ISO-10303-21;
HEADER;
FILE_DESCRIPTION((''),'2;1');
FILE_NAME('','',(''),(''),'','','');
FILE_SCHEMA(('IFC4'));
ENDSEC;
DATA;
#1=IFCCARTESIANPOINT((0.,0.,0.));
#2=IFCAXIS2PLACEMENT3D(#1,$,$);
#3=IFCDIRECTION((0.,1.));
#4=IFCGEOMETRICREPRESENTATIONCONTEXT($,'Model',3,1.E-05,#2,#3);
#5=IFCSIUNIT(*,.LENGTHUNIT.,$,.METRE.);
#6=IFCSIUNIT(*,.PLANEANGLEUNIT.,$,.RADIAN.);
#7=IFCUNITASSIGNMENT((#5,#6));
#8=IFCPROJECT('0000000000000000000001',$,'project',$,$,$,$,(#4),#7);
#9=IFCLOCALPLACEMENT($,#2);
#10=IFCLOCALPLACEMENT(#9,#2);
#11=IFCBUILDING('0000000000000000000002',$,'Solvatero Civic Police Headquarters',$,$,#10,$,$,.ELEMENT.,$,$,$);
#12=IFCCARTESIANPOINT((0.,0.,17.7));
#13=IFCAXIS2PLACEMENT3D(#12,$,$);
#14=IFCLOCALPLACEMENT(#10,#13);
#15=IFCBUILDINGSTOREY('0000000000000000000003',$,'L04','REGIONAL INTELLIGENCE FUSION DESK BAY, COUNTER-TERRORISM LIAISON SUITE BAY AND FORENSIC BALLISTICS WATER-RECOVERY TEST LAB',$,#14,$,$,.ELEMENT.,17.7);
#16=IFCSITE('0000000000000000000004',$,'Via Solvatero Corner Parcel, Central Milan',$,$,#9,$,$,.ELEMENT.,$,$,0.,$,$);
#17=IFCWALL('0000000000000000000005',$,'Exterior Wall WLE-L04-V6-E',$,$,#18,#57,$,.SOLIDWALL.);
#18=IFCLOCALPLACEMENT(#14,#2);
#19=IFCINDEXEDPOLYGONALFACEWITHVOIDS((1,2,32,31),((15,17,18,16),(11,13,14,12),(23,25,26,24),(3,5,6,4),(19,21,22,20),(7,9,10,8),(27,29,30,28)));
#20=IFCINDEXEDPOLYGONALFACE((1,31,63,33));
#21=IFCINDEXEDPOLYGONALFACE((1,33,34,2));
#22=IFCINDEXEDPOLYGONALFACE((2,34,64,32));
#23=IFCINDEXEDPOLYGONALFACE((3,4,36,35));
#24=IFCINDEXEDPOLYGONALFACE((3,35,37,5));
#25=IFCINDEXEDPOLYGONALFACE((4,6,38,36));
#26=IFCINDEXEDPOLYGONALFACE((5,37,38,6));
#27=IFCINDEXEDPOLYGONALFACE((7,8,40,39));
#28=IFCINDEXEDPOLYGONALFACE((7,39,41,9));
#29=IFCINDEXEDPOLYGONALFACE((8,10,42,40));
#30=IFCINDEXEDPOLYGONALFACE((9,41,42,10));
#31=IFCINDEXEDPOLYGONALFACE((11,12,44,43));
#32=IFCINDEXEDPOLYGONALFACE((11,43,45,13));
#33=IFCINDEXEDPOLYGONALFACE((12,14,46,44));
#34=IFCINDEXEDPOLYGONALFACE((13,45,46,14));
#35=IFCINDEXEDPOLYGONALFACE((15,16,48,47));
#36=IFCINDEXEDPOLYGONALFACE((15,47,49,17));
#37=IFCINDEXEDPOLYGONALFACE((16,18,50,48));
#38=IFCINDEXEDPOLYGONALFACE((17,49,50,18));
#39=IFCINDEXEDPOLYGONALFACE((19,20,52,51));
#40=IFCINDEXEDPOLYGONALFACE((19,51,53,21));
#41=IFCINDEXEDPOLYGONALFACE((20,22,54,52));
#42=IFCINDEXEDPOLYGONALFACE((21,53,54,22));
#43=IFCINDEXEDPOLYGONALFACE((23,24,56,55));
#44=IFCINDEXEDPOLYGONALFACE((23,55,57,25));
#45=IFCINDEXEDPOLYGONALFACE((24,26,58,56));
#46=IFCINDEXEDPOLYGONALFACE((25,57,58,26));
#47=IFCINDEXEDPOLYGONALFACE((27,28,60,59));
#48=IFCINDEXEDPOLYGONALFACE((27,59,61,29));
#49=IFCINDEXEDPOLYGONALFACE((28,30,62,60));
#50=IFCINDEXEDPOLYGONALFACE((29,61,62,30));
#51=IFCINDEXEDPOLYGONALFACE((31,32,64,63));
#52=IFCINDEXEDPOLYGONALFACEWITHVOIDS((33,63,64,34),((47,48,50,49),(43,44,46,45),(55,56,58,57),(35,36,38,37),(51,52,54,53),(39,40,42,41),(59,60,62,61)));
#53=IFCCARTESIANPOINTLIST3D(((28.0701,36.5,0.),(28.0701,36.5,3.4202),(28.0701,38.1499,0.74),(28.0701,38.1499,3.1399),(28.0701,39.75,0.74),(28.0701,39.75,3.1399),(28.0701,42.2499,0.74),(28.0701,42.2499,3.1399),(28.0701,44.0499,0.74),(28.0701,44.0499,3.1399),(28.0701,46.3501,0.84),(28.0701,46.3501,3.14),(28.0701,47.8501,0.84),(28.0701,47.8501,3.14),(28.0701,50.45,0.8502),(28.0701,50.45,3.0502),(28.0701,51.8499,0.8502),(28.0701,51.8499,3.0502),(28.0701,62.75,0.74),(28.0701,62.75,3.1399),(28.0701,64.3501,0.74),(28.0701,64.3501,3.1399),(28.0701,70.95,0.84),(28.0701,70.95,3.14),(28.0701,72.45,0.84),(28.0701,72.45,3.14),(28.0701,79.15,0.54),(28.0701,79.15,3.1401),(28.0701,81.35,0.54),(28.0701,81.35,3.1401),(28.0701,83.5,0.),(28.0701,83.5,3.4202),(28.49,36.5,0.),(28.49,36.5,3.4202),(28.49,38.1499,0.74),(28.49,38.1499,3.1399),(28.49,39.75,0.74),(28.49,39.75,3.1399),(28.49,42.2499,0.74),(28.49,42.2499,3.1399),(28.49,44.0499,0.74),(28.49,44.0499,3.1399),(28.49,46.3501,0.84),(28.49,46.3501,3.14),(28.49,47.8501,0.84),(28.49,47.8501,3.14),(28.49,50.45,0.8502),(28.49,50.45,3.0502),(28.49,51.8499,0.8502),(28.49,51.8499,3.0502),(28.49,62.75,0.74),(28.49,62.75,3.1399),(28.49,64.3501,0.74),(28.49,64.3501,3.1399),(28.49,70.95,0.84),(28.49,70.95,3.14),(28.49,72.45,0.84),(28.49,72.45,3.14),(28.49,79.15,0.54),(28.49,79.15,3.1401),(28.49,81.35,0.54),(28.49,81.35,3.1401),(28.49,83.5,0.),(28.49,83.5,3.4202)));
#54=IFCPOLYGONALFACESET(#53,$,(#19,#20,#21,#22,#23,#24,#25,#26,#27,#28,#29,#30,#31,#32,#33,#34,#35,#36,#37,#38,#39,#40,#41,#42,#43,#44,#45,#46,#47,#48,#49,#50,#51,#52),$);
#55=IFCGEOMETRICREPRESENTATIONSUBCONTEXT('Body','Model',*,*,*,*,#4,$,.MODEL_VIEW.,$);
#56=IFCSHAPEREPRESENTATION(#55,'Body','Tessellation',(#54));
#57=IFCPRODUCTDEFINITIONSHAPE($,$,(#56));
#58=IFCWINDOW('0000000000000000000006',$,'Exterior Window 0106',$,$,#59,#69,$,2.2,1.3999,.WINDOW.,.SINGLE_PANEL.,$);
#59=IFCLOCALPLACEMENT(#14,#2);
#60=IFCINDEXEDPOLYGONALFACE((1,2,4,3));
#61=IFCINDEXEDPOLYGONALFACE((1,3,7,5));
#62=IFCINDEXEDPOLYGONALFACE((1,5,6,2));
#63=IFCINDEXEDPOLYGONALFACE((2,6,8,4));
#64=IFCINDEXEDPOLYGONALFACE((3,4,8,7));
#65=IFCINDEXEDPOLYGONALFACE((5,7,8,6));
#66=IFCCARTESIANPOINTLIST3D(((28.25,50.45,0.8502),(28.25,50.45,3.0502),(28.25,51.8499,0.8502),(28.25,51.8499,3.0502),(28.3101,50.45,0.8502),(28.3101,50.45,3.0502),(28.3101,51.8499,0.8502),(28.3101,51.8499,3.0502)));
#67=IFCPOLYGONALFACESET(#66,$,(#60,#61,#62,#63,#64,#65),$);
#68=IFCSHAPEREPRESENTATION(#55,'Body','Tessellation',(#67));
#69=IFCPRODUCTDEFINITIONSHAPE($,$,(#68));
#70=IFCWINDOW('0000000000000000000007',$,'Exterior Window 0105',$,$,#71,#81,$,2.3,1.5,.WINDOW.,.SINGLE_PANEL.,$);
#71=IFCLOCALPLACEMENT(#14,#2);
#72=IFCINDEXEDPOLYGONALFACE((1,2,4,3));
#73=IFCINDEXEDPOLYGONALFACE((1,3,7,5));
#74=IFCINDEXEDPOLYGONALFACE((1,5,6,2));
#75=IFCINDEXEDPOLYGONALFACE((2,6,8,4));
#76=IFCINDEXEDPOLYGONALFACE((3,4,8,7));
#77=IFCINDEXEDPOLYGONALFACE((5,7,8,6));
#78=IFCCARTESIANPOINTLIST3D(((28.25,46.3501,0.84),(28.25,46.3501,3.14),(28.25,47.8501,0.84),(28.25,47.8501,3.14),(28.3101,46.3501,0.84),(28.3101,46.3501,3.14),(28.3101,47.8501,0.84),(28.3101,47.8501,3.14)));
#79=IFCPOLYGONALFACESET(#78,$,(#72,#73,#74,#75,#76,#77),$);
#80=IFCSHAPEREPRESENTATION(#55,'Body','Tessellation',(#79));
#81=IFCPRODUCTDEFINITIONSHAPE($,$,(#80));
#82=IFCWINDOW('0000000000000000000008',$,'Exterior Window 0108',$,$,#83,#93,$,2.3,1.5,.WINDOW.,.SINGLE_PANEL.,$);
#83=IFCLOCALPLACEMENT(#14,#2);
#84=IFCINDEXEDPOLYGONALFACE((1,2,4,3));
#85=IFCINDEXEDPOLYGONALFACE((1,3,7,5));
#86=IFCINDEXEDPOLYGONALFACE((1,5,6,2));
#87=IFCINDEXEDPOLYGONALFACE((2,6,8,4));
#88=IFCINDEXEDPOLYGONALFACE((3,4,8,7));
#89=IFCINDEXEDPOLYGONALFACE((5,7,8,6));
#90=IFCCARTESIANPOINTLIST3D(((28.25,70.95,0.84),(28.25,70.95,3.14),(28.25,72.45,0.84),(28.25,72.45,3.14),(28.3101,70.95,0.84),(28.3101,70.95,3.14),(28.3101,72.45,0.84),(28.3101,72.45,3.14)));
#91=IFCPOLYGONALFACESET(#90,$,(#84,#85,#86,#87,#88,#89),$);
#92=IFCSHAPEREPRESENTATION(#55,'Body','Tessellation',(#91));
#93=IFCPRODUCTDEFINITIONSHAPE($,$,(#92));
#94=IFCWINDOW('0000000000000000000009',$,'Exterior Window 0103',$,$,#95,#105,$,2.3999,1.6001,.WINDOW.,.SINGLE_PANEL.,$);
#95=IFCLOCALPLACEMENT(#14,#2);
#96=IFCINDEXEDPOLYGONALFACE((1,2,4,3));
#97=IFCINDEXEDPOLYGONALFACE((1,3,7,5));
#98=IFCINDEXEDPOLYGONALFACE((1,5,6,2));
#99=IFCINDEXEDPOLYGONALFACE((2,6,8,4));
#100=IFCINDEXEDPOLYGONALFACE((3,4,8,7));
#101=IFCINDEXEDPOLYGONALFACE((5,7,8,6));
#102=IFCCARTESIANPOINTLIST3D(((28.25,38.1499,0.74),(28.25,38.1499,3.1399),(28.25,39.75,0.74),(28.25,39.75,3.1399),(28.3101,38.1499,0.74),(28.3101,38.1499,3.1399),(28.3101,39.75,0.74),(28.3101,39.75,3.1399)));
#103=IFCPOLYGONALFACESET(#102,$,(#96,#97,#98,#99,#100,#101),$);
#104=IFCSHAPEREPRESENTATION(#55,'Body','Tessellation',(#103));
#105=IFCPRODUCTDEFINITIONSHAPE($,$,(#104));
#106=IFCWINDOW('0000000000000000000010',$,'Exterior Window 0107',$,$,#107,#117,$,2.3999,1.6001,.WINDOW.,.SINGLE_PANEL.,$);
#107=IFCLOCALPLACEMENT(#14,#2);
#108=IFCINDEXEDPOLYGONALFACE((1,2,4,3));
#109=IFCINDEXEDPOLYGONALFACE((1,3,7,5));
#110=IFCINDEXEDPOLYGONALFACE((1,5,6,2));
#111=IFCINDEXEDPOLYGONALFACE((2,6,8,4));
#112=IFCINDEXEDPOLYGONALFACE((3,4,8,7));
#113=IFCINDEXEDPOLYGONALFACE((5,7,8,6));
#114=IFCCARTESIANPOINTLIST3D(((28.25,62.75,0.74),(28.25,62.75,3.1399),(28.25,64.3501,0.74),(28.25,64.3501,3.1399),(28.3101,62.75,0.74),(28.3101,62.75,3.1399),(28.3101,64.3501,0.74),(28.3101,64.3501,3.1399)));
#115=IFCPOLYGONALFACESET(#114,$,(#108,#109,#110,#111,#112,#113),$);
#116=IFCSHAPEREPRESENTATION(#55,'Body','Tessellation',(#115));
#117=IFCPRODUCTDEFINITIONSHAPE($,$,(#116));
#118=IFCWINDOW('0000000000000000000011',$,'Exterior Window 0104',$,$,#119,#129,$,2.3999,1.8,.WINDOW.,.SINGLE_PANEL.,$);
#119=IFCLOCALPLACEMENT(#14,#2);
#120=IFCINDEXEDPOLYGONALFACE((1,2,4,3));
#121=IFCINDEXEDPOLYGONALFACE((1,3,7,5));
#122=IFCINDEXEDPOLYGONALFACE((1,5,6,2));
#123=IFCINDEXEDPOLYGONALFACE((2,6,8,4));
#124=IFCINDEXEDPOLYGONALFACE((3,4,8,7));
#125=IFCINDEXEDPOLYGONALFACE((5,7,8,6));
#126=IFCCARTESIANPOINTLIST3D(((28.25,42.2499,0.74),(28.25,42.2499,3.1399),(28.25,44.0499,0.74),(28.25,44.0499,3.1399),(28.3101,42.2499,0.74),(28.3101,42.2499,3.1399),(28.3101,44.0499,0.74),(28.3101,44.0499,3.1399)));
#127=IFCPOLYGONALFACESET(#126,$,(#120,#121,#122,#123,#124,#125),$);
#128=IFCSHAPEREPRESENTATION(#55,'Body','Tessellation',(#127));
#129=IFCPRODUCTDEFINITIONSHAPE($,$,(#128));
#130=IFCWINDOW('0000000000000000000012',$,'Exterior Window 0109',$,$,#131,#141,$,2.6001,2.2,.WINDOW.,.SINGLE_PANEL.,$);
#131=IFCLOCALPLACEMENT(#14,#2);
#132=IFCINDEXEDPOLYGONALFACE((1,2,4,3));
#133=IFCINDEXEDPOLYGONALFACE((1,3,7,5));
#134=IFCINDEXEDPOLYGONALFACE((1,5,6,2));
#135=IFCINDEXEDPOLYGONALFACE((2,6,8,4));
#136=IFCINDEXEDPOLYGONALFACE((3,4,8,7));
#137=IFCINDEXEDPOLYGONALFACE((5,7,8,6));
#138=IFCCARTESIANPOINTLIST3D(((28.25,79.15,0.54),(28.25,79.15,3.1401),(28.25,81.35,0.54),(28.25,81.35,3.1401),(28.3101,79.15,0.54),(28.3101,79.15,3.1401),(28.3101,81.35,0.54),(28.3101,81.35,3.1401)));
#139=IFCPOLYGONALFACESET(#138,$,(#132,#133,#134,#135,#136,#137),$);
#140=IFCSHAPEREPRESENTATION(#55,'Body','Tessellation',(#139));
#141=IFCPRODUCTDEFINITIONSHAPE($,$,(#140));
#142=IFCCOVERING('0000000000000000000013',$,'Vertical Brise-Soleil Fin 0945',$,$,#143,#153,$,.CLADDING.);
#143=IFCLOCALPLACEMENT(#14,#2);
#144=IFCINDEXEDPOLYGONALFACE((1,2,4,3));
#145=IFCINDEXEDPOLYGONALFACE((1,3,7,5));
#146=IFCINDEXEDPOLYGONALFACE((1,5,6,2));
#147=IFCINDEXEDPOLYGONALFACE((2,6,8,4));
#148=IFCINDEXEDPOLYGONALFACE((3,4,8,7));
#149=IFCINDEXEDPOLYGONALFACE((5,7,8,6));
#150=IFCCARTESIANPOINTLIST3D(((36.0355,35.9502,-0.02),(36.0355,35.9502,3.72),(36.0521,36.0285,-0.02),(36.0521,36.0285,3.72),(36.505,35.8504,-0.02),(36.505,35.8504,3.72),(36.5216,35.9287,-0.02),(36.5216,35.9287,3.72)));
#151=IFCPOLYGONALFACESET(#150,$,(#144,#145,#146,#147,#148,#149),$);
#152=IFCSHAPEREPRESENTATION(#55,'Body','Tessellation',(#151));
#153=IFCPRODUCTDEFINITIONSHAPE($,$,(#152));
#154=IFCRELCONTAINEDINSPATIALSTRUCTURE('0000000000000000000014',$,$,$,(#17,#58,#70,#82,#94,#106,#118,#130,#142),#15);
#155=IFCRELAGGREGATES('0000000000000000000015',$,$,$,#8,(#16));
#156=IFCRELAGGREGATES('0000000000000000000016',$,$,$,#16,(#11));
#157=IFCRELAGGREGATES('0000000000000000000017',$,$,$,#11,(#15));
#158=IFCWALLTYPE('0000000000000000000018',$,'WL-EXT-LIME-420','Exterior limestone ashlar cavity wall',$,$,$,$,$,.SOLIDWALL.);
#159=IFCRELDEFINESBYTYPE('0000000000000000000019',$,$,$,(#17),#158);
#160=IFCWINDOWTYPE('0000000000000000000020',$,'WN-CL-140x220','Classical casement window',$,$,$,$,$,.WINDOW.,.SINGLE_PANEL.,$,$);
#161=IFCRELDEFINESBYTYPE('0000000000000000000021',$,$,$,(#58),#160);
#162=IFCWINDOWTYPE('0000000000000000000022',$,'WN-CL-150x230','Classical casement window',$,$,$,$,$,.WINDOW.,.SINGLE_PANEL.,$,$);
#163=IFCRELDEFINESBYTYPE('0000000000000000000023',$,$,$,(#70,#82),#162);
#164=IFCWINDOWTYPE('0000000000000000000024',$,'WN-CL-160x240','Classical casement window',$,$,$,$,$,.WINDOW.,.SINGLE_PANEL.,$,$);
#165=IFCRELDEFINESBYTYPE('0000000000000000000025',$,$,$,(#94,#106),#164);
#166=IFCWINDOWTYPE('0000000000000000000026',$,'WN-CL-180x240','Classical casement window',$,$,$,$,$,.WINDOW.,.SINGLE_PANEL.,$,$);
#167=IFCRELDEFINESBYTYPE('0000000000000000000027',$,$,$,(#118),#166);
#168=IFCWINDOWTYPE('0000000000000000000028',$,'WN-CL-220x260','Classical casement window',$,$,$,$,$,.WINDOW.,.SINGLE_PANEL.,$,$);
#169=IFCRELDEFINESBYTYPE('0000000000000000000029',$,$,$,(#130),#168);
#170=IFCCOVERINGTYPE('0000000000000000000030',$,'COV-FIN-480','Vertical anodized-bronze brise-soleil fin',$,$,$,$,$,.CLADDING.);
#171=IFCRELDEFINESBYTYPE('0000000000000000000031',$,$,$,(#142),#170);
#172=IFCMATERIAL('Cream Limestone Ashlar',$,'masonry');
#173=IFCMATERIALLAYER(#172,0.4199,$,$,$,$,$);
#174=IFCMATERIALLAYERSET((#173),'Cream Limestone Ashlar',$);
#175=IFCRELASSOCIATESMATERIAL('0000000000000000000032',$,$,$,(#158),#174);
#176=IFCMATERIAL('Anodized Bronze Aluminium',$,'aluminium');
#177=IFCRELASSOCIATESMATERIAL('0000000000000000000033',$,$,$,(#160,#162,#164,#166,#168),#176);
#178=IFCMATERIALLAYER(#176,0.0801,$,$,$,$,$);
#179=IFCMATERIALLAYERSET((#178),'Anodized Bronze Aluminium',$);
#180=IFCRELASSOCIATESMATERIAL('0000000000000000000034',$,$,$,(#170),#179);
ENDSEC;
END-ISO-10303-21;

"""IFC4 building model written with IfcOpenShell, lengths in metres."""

from ifc_helpers import new_model, si_unit, direction, frame, frame_2d, origin, origin_2d, place, context, subcontext, project, spatial, rectangle, extrude, material, layer, layer_set, type_object, element, fill, save


model = new_model("IFC4")

# Units and contexts
model_context = context("Model", 3, precision=1e-05, world=origin(), true_north=direction((0.0, 1.0)))
body_context = subcontext(model_context, "Body", "Model", "MODEL_VIEW")
ifc_project = project(units=[si_unit("LENGTHUNIT", "METRE"), si_unit("PLANEANGLEUNIT", "RADIAN")], contexts=[model_context])

# Site, building, storey
site_placement = place(None, origin())
site = spatial("IfcSite", under=ifc_project, at=site_placement, Name="Via Solvatero Corner Parcel, Central Milan", CompositionType="ELEMENT", RefElevation=0.0)
building_placement = place(site_placement, origin())
building = spatial("IfcBuilding", under=site, at=building_placement, Name="Solvatero Civic Police Headquarters", CompositionType="ELEMENT")
storey_placement = place(building_placement, frame((0.0, 0.0, 17.7)))
storey = spatial("IfcBuildingStorey", under=building, at=storey_placement, Name="L04", Description="REGIONAL INTELLIGENCE FUSION DESK BAY, COUNTER-TERRORISM LIAISON SUITE BAY AND FORENSIC BALLISTICS WATER-RECOVERY TEST LAB", CompositionType="ELEMENT", Elevation=17.7)

# Shared definitions
ifc_material_1 = material(Name="Anodized Bronze Aluminium", Category="aluminium")

# Wall, openings, windows
ifc_material_2 = material(Name="Cream Limestone Ashlar", Category="masonry")
ifc_layer_1 = layer(ifc_material_2, 0.4199)
ifc_layer_set_1 = layer_set([ifc_layer_1], Name="Cream Limestone Ashlar")
wall_type = type_object("IfcWallType", Name="WL-EXT-LIME-420", Description="Exterior limestone ashlar cavity wall", PredefinedType="SOLIDWALL", material=ifc_layer_set_1)
wall_placement = place(storey_placement, frame((28.28, 36.5, 0.0), z_axis=(0.0, 0.0, 1.0), x_axis=(0.0, 1.0, 0.0)))
wall = element("IfcWall", 1, at=wall_placement, inside=storey, type_object=wall_type, Name="Exterior Wall WLE-L04-V6-E", PredefinedType="SOLIDWALL", context=body_context, shape_type="SweptSolid", body=[
    extrude(rectangle(XDim=47.0, YDim=0.4199, at=frame_2d((23.5, 0.0))), origin(), (0.0, 0.0, 1.0), 3.4202),
])
opening_1_placement = place(wall_placement, frame((1.6499, 0.0, 0.74)))
opening_1 = element("IfcOpeningElement", 2, at=opening_1_placement, cuts=wall, PredefinedType="OPENING", context=body_context, shape_type="SweptSolid", body=[
    extrude(rectangle(XDim=1.6001, YDim=2.3999, at=frame_2d((0.8, 1.2))), frame((0.0, 0.22, 0.0), z_axis=(0.0, -1.0, 0.0), x_axis=(1.0, 0.0, 0.0)), (0.0, 0.0, 1.0), 0.4399),
])
opening_2_placement = place(wall_placement, frame((5.75, 0.0, 0.74)))
opening_2 = element("IfcOpeningElement", 3, at=opening_2_placement, cuts=wall, PredefinedType="OPENING", context=body_context, shape_type="SweptSolid", body=[
    extrude(rectangle(XDim=1.8, YDim=2.3999, at=frame_2d((0.8999, 1.2))), frame((0.0, 0.22, 0.0), z_axis=(0.0, -1.0, 0.0), x_axis=(1.0, 0.0, 0.0)), (0.0, 0.0, 1.0), 0.4399),
])
opening_3_placement = place(wall_placement, frame((9.8501, 0.0, 0.8401)))
opening_3 = element("IfcOpeningElement", 4, at=opening_3_placement, cuts=wall, PredefinedType="OPENING", context=body_context, shape_type="SweptSolid", body=[
    extrude(rectangle(XDim=1.5, YDim=2.3, at=frame_2d((0.75, 1.1499))), frame((0.0, 0.22, 0.0), z_axis=(0.0, -1.0, 0.0), x_axis=(1.0, 0.0, 0.0)), (0.0, 0.0, 1.0), 0.4399),
])
opening_4_placement = place(wall_placement, frame((13.95, 0.0, 0.8501)))
opening_4 = element("IfcOpeningElement", 5, at=opening_4_placement, cuts=wall, PredefinedType="OPENING", context=body_context, shape_type="SweptSolid", body=[
    extrude(rectangle(XDim=1.3999, YDim=2.2, at=frame_2d((0.7, 1.1001))), frame((0.0, 0.22, 0.0), z_axis=(0.0, -1.0, 0.0), x_axis=(1.0, 0.0, 0.0)), (0.0, 0.0, 1.0), 0.4399),
])
opening_5_placement = place(wall_placement, frame((26.25, 0.0, 0.74)))
opening_5 = element("IfcOpeningElement", 6, at=opening_5_placement, cuts=wall, PredefinedType="OPENING", context=body_context, shape_type="SweptSolid", body=[
    extrude(rectangle(XDim=1.6001, YDim=2.3999, at=frame_2d((0.8, 1.2))), frame((0.0, 0.22, 0.0), z_axis=(0.0, -1.0, 0.0), x_axis=(1.0, 0.0, 0.0)), (0.0, 0.0, 1.0), 0.4399),
])
opening_6_placement = place(wall_placement, frame((34.45, 0.0, 0.8401)))
opening_6 = element("IfcOpeningElement", 7, at=opening_6_placement, cuts=wall, PredefinedType="OPENING", context=body_context, shape_type="SweptSolid", body=[
    extrude(rectangle(XDim=1.5, YDim=2.3, at=frame_2d((0.75, 1.1499))), frame((0.0, 0.22, 0.0), z_axis=(0.0, -1.0, 0.0), x_axis=(1.0, 0.0, 0.0)), (0.0, 0.0, 1.0), 0.4399),
])
opening_7_placement = place(wall_placement, frame((42.6499, 0.0, 0.54)))
opening_7 = element("IfcOpeningElement", 8, at=opening_7_placement, cuts=wall, PredefinedType="OPENING", context=body_context, shape_type="SweptSolid", body=[
    extrude(rectangle(XDim=2.2, YDim=2.6001, at=frame_2d((1.1001, 1.3))), frame((0.0, 0.22, 0.0), z_axis=(0.0, -1.0, 0.0), x_axis=(1.0, 0.0, 0.0)), (0.0, 0.0, 1.0), 0.4399),
])
window_type_1 = type_object("IfcWindowType", Name="WN-CL-140x220", Description="Classical casement window", PartitioningType="SINGLE_PANEL", PredefinedType="WINDOW", material=ifc_material_1)
window_1_placement = place(opening_4_placement, origin())
window_1 = element("IfcWindow", 9, at=window_1_placement, inside=storey, type_object=window_type_1, Name="Exterior Window 0106", OverallHeight=2.2, OverallWidth=1.3999, PartitioningType="SINGLE_PANEL", PredefinedType="WINDOW", context=body_context, shape_type="SweptSolid", body=[
    extrude(rectangle(XDim=1.3999, YDim=2.2, at=frame_2d((0.7, 1.1001))), frame((0.0, 0.03, 0.0), z_axis=(0.0, -1.0, 0.0), x_axis=(1.0, 0.0, 0.0)), (0.0, 0.0, 1.0), 0.0601),
])
fill(opening_4, window_1)
window_type_2 = type_object("IfcWindowType", Name="WN-CL-150x230", Description="Classical casement window", PartitioningType="SINGLE_PANEL", PredefinedType="WINDOW", material=ifc_material_1)
window_2_placement = place(opening_3_placement, origin())
window_2 = element("IfcWindow", 10, at=window_2_placement, inside=storey, type_object=window_type_2, Name="Exterior Window 0105", OverallHeight=2.3, OverallWidth=1.5, PartitioningType="SINGLE_PANEL", PredefinedType="WINDOW", context=body_context, shape_type="SweptSolid", body=[
    extrude(rectangle(XDim=1.5, YDim=2.3, at=frame_2d((0.75, 1.1499))), frame((0.0, 0.03, 0.0), z_axis=(0.0, -1.0, 0.0), x_axis=(1.0, 0.0, 0.0)), (0.0, 0.0, 1.0), 0.0601),
])
fill(opening_3, window_2)
window_3_placement = place(opening_6_placement, origin())
window_3 = element("IfcWindow", 11, at=window_3_placement, inside=storey, type_object=window_type_2, Name="Exterior Window 0108", OverallHeight=2.3, OverallWidth=1.5, PartitioningType="SINGLE_PANEL", PredefinedType="WINDOW", context=body_context, shape_type="SweptSolid", body=[
    extrude(rectangle(XDim=1.5, YDim=2.3, at=frame_2d((0.75, 1.1499))), frame((0.0, 0.03, 0.0), z_axis=(0.0, -1.0, 0.0), x_axis=(1.0, 0.0, 0.0)), (0.0, 0.0, 1.0), 0.0601),
])
fill(opening_6, window_3)
window_type_3 = type_object("IfcWindowType", Name="WN-CL-160x240", Description="Classical casement window", PartitioningType="SINGLE_PANEL", PredefinedType="WINDOW", material=ifc_material_1)
window_4_placement = place(opening_1_placement, origin())
window_4 = element("IfcWindow", 12, at=window_4_placement, inside=storey, type_object=window_type_3, Name="Exterior Window 0103", OverallHeight=2.3999, OverallWidth=1.6001, PartitioningType="SINGLE_PANEL", PredefinedType="WINDOW", context=body_context, shape_type="SweptSolid", body=[
    extrude(rectangle(XDim=1.6001, YDim=2.3999, at=frame_2d((0.8, 1.2))), frame((0.0, 0.03, 0.0), z_axis=(0.0, -1.0, 0.0), x_axis=(1.0, 0.0, 0.0)), (0.0, 0.0, 1.0), 0.0601),
])
fill(opening_1, window_4)
window_5_placement = place(opening_5_placement, origin())
window_5 = element("IfcWindow", 13, at=window_5_placement, inside=storey, type_object=window_type_3, Name="Exterior Window 0107", OverallHeight=2.3999, OverallWidth=1.6001, PartitioningType="SINGLE_PANEL", PredefinedType="WINDOW", context=body_context, shape_type="SweptSolid", body=[
    extrude(rectangle(XDim=1.6001, YDim=2.3999, at=frame_2d((0.8, 1.2))), frame((0.0, 0.03, 0.0), z_axis=(0.0, -1.0, 0.0), x_axis=(1.0, 0.0, 0.0)), (0.0, 0.0, 1.0), 0.0601),
])
fill(opening_5, window_5)
window_type_4 = type_object("IfcWindowType", Name="WN-CL-180x240", Description="Classical casement window", PartitioningType="SINGLE_PANEL", PredefinedType="WINDOW", material=ifc_material_1)
window_6_placement = place(opening_2_placement, origin())
window_6 = element("IfcWindow", 14, at=window_6_placement, inside=storey, type_object=window_type_4, Name="Exterior Window 0104", OverallHeight=2.3999, OverallWidth=1.8, PartitioningType="SINGLE_PANEL", PredefinedType="WINDOW", context=body_context, shape_type="SweptSolid", body=[
    extrude(rectangle(XDim=1.8, YDim=2.3999, at=frame_2d((0.8999, 1.2))), frame((0.0, 0.03, 0.0), z_axis=(0.0, -1.0, 0.0), x_axis=(1.0, 0.0, 0.0)), (0.0, 0.0, 1.0), 0.0601),
])
fill(opening_2, window_6)
window_type_5 = type_object("IfcWindowType", Name="WN-CL-220x260", Description="Classical casement window", PartitioningType="SINGLE_PANEL", PredefinedType="WINDOW", material=ifc_material_1)
window_7_placement = place(opening_7_placement, origin())
window_7 = element("IfcWindow", 15, at=window_7_placement, inside=storey, type_object=window_type_5, Name="Exterior Window 0109", OverallHeight=2.6001, OverallWidth=2.2, PartitioningType="SINGLE_PANEL", PredefinedType="WINDOW", context=body_context, shape_type="SweptSolid", body=[
    extrude(rectangle(XDim=2.2, YDim=2.6001, at=frame_2d((1.1001, 1.3))), frame((0.0, 0.03, 0.0), z_axis=(0.0, -1.0, 0.0), x_axis=(1.0, 0.0, 0.0)), (0.0, 0.0, 1.0), 0.0601),
])
fill(opening_7, window_7)

# Covering
ifc_layer_2 = layer(ifc_material_1, 0.0801)
ifc_layer_set_2 = layer_set([ifc_layer_2], Name="Anodized Bronze Aluminium")
covering_type = type_object("IfcCoveringType", Name="COV-FIN-480", Description="Vertical anodized-bronze brise-soleil fin", PredefinedType="CLADDING", material=ifc_layer_set_2)
for number, where, z_axis, x_axis, name in (
    (16, (36.2786, 35.9395, -0.02), (0.0, 0.0, 1.0), (-0.207912, -0.978148, 0.0), "Vertical Brise-Soleil Fin 0945"),
):
    element("IfcCovering", number, at=place(storey_placement, frame(where, z_axis=z_axis, x_axis=x_axis)), inside=storey, type_object=covering_type, Name=name, PredefinedType="CLADDING", context=body_context, shape_type="SweptSolid", body=[
        extrude(rectangle(XDim=0.0801, YDim=0.48, at=origin_2d()), origin(), (0.0, 0.0, 1.0), 3.74),
    ])

save(model, "model.ifc")
